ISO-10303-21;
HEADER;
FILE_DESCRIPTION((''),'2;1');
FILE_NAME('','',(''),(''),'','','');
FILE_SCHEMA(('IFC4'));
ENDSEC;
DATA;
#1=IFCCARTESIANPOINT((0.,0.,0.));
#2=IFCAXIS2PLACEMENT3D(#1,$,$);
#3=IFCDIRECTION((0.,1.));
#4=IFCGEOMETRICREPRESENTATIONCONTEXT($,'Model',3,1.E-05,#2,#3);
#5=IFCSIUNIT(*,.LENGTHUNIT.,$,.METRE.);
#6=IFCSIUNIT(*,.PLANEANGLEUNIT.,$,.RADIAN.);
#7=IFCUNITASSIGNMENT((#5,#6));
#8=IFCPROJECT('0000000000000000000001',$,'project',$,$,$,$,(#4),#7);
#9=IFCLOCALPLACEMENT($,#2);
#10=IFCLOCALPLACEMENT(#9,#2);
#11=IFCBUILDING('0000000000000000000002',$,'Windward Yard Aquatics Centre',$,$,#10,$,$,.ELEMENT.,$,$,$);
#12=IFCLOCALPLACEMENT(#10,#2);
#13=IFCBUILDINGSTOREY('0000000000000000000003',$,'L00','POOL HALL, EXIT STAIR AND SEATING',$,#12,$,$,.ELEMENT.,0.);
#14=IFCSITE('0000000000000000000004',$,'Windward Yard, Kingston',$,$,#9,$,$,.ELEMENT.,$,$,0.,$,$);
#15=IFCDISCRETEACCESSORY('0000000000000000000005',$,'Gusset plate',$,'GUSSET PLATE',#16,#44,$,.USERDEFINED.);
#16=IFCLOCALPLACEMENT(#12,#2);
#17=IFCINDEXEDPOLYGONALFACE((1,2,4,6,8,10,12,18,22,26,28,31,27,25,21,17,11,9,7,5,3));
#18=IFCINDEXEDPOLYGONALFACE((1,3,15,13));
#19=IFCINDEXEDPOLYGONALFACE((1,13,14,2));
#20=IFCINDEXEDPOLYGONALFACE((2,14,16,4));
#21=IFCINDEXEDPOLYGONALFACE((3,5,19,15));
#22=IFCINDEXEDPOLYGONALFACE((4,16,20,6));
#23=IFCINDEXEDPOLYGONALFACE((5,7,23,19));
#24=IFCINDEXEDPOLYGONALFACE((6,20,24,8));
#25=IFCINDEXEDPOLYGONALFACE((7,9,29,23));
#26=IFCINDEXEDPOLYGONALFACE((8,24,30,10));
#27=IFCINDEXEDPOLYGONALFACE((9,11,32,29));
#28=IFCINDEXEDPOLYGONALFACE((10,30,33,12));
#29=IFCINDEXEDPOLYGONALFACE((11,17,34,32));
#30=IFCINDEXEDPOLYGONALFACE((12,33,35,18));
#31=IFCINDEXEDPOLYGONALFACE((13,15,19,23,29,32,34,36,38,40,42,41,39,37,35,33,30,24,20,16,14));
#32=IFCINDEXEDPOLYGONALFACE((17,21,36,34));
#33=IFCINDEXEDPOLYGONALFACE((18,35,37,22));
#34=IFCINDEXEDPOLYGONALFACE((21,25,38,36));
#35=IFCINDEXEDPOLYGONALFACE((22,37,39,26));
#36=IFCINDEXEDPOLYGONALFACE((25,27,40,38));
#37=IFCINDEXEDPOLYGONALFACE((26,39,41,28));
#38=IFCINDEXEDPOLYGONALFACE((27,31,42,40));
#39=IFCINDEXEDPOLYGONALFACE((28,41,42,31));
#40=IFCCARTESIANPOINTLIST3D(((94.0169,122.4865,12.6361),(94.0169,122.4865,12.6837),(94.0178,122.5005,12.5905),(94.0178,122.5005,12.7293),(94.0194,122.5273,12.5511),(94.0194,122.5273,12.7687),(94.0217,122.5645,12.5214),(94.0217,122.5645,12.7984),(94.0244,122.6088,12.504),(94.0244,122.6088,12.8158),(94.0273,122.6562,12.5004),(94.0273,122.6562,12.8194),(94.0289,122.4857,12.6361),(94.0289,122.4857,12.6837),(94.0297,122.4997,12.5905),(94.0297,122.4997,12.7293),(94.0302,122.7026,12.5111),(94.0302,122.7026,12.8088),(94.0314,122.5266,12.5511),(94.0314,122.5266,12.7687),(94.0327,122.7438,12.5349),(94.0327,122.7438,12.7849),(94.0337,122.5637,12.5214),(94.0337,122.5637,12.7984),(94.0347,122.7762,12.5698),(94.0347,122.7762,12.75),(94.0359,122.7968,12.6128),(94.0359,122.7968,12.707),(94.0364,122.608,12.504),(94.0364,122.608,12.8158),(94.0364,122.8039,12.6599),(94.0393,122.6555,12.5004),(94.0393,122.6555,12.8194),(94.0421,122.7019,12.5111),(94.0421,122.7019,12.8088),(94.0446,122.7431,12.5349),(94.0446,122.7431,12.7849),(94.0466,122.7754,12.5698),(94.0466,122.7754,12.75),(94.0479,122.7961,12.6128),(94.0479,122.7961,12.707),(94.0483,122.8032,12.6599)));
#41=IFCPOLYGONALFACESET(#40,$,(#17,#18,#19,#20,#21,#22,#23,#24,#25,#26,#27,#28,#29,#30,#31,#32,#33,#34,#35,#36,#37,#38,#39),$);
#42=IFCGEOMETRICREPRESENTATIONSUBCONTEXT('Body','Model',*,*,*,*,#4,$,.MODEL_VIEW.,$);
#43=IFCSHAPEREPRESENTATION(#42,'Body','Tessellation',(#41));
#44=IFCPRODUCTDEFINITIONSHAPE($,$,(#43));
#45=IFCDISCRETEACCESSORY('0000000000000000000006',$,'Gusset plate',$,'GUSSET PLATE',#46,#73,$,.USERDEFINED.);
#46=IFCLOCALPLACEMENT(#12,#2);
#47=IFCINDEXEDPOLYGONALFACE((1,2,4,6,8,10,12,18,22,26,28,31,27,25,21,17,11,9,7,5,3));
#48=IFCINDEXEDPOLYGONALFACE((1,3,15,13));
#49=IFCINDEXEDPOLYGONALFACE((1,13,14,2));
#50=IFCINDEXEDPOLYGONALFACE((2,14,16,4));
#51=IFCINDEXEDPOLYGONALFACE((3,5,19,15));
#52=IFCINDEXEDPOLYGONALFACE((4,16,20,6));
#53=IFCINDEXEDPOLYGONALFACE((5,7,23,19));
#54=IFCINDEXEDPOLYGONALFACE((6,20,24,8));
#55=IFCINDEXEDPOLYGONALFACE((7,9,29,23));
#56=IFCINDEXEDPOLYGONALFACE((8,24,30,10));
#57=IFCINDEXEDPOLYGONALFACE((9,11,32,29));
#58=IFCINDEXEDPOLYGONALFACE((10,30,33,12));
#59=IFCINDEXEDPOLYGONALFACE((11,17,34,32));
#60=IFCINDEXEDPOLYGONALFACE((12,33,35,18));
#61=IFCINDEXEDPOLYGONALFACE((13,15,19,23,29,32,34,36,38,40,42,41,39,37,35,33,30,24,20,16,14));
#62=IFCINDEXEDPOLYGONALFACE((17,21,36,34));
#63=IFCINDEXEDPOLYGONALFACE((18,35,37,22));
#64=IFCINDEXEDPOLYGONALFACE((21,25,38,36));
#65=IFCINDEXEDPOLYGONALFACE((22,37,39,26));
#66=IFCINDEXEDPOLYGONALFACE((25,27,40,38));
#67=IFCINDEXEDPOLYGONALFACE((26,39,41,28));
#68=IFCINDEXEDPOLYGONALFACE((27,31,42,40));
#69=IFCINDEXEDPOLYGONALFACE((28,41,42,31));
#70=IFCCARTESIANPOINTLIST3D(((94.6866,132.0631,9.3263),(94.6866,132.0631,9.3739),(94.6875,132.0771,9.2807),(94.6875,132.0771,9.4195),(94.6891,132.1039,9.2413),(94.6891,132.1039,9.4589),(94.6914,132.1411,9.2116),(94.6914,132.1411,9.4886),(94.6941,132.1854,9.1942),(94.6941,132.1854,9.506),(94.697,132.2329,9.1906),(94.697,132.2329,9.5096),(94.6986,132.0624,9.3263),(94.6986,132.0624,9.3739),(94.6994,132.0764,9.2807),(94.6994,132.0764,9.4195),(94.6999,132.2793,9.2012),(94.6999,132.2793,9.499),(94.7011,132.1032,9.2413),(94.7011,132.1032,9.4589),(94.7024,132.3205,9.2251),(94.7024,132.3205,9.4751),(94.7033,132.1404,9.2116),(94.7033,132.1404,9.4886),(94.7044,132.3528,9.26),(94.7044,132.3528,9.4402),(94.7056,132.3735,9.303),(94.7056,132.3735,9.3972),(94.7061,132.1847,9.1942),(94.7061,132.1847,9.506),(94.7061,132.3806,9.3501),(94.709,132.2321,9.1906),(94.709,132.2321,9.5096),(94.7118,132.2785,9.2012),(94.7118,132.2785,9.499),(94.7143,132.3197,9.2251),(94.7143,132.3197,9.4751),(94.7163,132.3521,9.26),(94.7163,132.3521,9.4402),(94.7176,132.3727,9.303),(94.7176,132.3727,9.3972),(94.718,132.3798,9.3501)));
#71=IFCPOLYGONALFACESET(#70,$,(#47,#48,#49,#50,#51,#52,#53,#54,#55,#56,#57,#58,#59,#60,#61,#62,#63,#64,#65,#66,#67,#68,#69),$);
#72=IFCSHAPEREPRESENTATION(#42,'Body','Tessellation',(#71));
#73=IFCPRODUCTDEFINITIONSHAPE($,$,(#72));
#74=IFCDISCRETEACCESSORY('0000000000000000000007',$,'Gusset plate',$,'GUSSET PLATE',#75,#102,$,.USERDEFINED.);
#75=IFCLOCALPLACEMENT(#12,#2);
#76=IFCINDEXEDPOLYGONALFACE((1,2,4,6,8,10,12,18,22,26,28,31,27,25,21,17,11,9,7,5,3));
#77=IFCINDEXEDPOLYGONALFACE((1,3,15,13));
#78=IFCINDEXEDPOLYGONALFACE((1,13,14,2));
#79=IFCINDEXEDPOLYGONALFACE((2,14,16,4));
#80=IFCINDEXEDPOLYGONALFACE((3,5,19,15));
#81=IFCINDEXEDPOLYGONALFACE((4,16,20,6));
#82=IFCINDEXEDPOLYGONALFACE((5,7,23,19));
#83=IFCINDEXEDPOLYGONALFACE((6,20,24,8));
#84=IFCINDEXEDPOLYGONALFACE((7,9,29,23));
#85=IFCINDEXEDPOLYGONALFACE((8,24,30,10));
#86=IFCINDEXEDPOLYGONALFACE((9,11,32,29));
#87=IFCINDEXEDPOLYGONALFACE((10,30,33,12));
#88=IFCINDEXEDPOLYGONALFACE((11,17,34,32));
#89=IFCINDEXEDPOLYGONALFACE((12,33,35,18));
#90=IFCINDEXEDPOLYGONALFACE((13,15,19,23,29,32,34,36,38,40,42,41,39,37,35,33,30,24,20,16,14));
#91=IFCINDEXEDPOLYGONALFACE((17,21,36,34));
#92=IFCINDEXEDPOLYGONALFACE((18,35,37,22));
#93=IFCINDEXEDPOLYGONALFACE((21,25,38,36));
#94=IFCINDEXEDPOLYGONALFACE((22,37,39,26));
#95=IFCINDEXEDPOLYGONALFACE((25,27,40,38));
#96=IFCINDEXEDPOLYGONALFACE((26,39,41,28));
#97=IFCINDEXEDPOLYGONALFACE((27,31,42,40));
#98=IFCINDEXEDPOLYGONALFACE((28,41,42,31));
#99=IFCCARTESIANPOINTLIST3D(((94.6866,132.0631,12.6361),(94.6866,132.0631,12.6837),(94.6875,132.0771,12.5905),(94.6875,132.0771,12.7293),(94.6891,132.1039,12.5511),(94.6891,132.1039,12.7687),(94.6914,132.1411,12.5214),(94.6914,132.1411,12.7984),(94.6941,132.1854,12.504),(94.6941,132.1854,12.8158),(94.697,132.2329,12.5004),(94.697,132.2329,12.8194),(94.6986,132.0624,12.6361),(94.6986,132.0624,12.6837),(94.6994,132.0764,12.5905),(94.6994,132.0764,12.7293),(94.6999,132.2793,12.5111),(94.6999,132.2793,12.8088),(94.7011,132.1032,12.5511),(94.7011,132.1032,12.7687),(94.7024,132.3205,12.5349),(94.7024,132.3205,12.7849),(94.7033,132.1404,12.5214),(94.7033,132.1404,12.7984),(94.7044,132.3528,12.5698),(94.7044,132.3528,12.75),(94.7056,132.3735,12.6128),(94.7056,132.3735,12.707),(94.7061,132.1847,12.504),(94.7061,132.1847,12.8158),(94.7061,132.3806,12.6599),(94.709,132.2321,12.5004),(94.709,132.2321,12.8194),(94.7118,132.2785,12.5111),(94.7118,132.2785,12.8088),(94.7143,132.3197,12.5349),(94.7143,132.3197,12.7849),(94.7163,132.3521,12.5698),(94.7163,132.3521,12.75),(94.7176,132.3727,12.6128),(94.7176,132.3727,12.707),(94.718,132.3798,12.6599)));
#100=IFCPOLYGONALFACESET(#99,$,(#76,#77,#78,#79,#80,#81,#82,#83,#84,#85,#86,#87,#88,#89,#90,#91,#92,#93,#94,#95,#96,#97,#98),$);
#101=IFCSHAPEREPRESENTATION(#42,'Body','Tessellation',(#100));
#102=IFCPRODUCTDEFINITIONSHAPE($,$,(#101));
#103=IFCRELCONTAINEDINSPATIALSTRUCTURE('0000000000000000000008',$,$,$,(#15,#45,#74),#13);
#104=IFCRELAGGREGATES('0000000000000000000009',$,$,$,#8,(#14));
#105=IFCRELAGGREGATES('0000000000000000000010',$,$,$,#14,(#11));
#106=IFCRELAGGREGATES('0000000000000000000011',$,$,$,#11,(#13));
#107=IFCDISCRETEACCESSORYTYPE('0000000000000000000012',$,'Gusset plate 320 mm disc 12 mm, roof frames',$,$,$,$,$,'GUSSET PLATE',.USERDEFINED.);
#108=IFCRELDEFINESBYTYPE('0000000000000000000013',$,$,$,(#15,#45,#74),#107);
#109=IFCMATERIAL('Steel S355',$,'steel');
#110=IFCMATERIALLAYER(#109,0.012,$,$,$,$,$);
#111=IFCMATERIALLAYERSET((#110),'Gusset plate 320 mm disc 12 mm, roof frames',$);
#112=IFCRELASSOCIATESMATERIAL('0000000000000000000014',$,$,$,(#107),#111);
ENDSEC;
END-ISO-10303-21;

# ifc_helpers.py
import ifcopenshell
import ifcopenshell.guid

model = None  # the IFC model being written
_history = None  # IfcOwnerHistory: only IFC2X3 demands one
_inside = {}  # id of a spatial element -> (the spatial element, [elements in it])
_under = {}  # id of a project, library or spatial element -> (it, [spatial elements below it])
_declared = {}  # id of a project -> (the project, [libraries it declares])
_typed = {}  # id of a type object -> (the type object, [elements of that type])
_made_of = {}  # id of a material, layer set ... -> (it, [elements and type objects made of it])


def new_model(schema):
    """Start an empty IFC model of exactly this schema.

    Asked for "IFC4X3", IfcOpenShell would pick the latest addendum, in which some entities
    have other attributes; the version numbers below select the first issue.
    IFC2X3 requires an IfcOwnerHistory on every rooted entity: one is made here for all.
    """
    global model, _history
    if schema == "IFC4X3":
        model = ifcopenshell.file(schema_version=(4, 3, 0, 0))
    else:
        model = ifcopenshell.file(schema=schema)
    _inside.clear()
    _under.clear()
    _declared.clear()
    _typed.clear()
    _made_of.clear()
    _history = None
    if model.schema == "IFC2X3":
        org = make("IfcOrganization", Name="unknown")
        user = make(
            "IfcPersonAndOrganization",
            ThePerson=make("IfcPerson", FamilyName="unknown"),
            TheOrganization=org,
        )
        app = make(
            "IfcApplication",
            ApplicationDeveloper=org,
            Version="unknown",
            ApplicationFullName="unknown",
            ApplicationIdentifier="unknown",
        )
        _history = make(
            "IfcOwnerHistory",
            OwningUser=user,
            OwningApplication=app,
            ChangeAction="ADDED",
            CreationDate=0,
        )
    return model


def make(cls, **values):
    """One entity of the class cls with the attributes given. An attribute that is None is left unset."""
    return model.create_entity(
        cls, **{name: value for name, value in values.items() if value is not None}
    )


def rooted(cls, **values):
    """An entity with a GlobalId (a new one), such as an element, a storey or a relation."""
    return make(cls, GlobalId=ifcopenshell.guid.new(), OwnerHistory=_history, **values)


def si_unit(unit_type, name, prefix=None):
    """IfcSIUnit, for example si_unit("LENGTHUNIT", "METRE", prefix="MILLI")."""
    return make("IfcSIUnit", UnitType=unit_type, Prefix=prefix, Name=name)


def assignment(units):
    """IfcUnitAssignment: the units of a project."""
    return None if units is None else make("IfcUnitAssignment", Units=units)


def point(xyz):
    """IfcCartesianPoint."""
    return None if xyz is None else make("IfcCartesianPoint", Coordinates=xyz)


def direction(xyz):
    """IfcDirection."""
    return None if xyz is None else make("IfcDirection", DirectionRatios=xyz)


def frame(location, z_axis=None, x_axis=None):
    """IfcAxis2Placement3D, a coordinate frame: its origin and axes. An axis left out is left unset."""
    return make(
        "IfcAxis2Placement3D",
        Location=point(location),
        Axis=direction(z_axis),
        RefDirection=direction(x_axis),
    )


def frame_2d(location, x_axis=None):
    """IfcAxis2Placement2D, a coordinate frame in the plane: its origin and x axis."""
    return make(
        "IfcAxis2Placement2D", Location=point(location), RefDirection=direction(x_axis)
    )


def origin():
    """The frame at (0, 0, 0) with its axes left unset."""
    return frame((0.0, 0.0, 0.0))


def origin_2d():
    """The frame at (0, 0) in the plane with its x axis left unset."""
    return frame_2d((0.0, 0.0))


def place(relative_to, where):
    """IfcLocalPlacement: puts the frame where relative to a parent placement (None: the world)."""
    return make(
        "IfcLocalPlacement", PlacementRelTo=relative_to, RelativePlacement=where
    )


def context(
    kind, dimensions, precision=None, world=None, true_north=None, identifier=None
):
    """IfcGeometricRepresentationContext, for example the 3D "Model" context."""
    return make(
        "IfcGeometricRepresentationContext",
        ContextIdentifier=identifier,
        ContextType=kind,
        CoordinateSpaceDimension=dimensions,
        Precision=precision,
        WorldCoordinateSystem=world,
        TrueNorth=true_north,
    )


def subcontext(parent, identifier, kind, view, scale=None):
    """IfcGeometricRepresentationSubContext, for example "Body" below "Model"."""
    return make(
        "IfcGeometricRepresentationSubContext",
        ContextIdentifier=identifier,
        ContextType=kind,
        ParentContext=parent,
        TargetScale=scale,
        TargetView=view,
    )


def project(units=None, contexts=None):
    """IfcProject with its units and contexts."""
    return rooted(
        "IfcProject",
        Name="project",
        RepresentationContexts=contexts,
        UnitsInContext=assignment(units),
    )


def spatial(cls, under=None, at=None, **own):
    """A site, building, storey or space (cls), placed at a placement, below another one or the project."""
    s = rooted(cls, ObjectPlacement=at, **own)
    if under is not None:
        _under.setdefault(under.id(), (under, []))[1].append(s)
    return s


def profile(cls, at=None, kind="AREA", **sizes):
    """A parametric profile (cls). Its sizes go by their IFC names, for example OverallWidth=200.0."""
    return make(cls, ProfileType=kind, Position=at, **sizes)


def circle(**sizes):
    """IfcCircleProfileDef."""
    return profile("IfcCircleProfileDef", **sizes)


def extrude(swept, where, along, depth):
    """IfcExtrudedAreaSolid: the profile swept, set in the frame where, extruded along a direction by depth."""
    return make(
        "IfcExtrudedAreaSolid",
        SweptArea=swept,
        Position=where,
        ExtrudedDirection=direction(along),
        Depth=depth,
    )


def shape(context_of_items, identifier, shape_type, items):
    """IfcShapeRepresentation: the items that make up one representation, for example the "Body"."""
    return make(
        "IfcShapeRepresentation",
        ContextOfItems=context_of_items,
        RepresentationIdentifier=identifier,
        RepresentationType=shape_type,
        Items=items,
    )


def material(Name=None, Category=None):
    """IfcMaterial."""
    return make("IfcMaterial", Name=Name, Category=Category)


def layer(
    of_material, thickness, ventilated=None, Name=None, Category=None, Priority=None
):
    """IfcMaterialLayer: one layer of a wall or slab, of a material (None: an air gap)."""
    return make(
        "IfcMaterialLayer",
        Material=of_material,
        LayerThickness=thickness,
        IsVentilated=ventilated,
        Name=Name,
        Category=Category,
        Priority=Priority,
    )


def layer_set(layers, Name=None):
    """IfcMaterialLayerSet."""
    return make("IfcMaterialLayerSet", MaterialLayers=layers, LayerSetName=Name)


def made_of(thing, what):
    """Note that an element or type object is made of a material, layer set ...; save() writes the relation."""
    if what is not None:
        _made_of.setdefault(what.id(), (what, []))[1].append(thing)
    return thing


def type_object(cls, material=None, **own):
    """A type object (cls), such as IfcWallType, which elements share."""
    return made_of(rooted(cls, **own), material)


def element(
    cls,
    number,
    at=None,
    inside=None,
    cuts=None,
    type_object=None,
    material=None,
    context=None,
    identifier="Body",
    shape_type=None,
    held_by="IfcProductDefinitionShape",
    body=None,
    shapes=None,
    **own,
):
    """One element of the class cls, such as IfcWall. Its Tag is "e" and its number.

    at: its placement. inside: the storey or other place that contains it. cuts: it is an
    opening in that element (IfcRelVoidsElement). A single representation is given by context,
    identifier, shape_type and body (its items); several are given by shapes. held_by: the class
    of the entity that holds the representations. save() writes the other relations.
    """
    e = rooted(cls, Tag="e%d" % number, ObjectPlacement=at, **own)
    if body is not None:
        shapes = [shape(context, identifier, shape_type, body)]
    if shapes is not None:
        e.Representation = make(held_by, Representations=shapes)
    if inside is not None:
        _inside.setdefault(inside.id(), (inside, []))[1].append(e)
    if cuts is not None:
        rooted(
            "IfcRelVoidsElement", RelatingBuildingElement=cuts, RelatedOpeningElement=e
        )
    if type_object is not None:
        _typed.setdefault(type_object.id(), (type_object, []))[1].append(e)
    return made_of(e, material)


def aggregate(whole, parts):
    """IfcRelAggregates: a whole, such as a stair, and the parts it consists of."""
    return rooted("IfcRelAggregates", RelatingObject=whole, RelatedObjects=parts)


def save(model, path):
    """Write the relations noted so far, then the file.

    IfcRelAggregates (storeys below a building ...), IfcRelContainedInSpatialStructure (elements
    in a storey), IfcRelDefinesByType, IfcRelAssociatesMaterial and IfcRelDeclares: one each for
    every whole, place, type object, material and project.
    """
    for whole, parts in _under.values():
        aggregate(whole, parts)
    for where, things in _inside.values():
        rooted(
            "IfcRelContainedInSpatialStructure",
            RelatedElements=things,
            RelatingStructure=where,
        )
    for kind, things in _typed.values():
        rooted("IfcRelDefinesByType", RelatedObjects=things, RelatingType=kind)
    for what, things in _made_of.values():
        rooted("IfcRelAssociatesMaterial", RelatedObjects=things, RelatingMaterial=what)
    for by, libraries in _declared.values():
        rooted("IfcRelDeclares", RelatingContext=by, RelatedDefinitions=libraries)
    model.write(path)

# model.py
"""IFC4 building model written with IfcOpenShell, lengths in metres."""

from ifc_helpers import new_model, si_unit, direction, frame, origin, origin_2d, place, context, subcontext, project, spatial, circle, extrude, material, layer, layer_set, type_object, element, save


model = new_model("IFC4")

# Units and contexts
model_context = context("Model", 3, precision=1e-05, world=origin(), true_north=direction((0.0, 1.0)))
body_context = subcontext(model_context, "Body", "Model", "MODEL_VIEW")
ifc_project = project(units=[si_unit("LENGTHUNIT", "METRE"), si_unit("PLANEANGLEUNIT", "RADIAN")], contexts=[model_context])

# Site, building, storey
site_placement = place(None, origin())
site = spatial("IfcSite", under=ifc_project, at=site_placement, Name="Windward Yard, Kingston", CompositionType="ELEMENT", RefElevation=0.0)
building_placement = place(site_placement, origin())
building = spatial("IfcBuilding", under=site, at=building_placement, Name="Windward Yard Aquatics Centre", CompositionType="ELEMENT")
storey_placement = place(building_placement, origin())
storey = spatial("IfcBuildingStorey", under=building, at=storey_placement, Name="L00", Description="POOL HALL, EXIT STAIR AND SEATING", CompositionType="ELEMENT", Elevation=0.0)

# Shared definitions
ifc_material_1 = material(Name="Steel S355", Category="steel")

# Discrete accessories
ifc_layer_1 = layer(ifc_material_1, 0.012)
ifc_layer_set_1 = layer_set([ifc_layer_1], Name="Gusset plate 320 mm disc 12 mm, roof frames")
discrete_accessory_type = type_object("IfcDiscreteAccessoryType", Name="Gusset plate 320 mm disc 12 mm, roof frames", ElementType="GUSSET PLATE", PredefinedType="USERDEFINED", material=ifc_layer_set_1)
for number, where, z_axis, x_axis, name in (
    (1, (94.0266, 122.6443, 12.6599), (0.998131, -0.06111, 0.0), (0.06111, 0.998131, 0.0), "Gusset plate"),
    (2, (94.6963, 132.2209, 9.3501), (0.998131, -0.06111, 0.0), (0.06111, 0.998131, 0.0), "Gusset plate"),
    (3, (94.6963, 132.2209, 12.6599), (0.998131, -0.06111, 0.0), (0.06111, 0.998131, 0.0), "Gusset plate"),
):
    element("IfcDiscreteAccessory", number, at=place(storey_placement, frame(where, z_axis=z_axis, x_axis=x_axis)), inside=storey, type_object=discrete_accessory_type, Name=name, ObjectType="GUSSET PLATE", PredefinedType="USERDEFINED", context=body_context, shape_type="SweptSolid", body=[
        extrude(circle(Radius=0.1599, at=origin_2d()), origin(), (0.0, 0.0, 1.0), 0.012),
    ])

save(model, "model.ifc")
